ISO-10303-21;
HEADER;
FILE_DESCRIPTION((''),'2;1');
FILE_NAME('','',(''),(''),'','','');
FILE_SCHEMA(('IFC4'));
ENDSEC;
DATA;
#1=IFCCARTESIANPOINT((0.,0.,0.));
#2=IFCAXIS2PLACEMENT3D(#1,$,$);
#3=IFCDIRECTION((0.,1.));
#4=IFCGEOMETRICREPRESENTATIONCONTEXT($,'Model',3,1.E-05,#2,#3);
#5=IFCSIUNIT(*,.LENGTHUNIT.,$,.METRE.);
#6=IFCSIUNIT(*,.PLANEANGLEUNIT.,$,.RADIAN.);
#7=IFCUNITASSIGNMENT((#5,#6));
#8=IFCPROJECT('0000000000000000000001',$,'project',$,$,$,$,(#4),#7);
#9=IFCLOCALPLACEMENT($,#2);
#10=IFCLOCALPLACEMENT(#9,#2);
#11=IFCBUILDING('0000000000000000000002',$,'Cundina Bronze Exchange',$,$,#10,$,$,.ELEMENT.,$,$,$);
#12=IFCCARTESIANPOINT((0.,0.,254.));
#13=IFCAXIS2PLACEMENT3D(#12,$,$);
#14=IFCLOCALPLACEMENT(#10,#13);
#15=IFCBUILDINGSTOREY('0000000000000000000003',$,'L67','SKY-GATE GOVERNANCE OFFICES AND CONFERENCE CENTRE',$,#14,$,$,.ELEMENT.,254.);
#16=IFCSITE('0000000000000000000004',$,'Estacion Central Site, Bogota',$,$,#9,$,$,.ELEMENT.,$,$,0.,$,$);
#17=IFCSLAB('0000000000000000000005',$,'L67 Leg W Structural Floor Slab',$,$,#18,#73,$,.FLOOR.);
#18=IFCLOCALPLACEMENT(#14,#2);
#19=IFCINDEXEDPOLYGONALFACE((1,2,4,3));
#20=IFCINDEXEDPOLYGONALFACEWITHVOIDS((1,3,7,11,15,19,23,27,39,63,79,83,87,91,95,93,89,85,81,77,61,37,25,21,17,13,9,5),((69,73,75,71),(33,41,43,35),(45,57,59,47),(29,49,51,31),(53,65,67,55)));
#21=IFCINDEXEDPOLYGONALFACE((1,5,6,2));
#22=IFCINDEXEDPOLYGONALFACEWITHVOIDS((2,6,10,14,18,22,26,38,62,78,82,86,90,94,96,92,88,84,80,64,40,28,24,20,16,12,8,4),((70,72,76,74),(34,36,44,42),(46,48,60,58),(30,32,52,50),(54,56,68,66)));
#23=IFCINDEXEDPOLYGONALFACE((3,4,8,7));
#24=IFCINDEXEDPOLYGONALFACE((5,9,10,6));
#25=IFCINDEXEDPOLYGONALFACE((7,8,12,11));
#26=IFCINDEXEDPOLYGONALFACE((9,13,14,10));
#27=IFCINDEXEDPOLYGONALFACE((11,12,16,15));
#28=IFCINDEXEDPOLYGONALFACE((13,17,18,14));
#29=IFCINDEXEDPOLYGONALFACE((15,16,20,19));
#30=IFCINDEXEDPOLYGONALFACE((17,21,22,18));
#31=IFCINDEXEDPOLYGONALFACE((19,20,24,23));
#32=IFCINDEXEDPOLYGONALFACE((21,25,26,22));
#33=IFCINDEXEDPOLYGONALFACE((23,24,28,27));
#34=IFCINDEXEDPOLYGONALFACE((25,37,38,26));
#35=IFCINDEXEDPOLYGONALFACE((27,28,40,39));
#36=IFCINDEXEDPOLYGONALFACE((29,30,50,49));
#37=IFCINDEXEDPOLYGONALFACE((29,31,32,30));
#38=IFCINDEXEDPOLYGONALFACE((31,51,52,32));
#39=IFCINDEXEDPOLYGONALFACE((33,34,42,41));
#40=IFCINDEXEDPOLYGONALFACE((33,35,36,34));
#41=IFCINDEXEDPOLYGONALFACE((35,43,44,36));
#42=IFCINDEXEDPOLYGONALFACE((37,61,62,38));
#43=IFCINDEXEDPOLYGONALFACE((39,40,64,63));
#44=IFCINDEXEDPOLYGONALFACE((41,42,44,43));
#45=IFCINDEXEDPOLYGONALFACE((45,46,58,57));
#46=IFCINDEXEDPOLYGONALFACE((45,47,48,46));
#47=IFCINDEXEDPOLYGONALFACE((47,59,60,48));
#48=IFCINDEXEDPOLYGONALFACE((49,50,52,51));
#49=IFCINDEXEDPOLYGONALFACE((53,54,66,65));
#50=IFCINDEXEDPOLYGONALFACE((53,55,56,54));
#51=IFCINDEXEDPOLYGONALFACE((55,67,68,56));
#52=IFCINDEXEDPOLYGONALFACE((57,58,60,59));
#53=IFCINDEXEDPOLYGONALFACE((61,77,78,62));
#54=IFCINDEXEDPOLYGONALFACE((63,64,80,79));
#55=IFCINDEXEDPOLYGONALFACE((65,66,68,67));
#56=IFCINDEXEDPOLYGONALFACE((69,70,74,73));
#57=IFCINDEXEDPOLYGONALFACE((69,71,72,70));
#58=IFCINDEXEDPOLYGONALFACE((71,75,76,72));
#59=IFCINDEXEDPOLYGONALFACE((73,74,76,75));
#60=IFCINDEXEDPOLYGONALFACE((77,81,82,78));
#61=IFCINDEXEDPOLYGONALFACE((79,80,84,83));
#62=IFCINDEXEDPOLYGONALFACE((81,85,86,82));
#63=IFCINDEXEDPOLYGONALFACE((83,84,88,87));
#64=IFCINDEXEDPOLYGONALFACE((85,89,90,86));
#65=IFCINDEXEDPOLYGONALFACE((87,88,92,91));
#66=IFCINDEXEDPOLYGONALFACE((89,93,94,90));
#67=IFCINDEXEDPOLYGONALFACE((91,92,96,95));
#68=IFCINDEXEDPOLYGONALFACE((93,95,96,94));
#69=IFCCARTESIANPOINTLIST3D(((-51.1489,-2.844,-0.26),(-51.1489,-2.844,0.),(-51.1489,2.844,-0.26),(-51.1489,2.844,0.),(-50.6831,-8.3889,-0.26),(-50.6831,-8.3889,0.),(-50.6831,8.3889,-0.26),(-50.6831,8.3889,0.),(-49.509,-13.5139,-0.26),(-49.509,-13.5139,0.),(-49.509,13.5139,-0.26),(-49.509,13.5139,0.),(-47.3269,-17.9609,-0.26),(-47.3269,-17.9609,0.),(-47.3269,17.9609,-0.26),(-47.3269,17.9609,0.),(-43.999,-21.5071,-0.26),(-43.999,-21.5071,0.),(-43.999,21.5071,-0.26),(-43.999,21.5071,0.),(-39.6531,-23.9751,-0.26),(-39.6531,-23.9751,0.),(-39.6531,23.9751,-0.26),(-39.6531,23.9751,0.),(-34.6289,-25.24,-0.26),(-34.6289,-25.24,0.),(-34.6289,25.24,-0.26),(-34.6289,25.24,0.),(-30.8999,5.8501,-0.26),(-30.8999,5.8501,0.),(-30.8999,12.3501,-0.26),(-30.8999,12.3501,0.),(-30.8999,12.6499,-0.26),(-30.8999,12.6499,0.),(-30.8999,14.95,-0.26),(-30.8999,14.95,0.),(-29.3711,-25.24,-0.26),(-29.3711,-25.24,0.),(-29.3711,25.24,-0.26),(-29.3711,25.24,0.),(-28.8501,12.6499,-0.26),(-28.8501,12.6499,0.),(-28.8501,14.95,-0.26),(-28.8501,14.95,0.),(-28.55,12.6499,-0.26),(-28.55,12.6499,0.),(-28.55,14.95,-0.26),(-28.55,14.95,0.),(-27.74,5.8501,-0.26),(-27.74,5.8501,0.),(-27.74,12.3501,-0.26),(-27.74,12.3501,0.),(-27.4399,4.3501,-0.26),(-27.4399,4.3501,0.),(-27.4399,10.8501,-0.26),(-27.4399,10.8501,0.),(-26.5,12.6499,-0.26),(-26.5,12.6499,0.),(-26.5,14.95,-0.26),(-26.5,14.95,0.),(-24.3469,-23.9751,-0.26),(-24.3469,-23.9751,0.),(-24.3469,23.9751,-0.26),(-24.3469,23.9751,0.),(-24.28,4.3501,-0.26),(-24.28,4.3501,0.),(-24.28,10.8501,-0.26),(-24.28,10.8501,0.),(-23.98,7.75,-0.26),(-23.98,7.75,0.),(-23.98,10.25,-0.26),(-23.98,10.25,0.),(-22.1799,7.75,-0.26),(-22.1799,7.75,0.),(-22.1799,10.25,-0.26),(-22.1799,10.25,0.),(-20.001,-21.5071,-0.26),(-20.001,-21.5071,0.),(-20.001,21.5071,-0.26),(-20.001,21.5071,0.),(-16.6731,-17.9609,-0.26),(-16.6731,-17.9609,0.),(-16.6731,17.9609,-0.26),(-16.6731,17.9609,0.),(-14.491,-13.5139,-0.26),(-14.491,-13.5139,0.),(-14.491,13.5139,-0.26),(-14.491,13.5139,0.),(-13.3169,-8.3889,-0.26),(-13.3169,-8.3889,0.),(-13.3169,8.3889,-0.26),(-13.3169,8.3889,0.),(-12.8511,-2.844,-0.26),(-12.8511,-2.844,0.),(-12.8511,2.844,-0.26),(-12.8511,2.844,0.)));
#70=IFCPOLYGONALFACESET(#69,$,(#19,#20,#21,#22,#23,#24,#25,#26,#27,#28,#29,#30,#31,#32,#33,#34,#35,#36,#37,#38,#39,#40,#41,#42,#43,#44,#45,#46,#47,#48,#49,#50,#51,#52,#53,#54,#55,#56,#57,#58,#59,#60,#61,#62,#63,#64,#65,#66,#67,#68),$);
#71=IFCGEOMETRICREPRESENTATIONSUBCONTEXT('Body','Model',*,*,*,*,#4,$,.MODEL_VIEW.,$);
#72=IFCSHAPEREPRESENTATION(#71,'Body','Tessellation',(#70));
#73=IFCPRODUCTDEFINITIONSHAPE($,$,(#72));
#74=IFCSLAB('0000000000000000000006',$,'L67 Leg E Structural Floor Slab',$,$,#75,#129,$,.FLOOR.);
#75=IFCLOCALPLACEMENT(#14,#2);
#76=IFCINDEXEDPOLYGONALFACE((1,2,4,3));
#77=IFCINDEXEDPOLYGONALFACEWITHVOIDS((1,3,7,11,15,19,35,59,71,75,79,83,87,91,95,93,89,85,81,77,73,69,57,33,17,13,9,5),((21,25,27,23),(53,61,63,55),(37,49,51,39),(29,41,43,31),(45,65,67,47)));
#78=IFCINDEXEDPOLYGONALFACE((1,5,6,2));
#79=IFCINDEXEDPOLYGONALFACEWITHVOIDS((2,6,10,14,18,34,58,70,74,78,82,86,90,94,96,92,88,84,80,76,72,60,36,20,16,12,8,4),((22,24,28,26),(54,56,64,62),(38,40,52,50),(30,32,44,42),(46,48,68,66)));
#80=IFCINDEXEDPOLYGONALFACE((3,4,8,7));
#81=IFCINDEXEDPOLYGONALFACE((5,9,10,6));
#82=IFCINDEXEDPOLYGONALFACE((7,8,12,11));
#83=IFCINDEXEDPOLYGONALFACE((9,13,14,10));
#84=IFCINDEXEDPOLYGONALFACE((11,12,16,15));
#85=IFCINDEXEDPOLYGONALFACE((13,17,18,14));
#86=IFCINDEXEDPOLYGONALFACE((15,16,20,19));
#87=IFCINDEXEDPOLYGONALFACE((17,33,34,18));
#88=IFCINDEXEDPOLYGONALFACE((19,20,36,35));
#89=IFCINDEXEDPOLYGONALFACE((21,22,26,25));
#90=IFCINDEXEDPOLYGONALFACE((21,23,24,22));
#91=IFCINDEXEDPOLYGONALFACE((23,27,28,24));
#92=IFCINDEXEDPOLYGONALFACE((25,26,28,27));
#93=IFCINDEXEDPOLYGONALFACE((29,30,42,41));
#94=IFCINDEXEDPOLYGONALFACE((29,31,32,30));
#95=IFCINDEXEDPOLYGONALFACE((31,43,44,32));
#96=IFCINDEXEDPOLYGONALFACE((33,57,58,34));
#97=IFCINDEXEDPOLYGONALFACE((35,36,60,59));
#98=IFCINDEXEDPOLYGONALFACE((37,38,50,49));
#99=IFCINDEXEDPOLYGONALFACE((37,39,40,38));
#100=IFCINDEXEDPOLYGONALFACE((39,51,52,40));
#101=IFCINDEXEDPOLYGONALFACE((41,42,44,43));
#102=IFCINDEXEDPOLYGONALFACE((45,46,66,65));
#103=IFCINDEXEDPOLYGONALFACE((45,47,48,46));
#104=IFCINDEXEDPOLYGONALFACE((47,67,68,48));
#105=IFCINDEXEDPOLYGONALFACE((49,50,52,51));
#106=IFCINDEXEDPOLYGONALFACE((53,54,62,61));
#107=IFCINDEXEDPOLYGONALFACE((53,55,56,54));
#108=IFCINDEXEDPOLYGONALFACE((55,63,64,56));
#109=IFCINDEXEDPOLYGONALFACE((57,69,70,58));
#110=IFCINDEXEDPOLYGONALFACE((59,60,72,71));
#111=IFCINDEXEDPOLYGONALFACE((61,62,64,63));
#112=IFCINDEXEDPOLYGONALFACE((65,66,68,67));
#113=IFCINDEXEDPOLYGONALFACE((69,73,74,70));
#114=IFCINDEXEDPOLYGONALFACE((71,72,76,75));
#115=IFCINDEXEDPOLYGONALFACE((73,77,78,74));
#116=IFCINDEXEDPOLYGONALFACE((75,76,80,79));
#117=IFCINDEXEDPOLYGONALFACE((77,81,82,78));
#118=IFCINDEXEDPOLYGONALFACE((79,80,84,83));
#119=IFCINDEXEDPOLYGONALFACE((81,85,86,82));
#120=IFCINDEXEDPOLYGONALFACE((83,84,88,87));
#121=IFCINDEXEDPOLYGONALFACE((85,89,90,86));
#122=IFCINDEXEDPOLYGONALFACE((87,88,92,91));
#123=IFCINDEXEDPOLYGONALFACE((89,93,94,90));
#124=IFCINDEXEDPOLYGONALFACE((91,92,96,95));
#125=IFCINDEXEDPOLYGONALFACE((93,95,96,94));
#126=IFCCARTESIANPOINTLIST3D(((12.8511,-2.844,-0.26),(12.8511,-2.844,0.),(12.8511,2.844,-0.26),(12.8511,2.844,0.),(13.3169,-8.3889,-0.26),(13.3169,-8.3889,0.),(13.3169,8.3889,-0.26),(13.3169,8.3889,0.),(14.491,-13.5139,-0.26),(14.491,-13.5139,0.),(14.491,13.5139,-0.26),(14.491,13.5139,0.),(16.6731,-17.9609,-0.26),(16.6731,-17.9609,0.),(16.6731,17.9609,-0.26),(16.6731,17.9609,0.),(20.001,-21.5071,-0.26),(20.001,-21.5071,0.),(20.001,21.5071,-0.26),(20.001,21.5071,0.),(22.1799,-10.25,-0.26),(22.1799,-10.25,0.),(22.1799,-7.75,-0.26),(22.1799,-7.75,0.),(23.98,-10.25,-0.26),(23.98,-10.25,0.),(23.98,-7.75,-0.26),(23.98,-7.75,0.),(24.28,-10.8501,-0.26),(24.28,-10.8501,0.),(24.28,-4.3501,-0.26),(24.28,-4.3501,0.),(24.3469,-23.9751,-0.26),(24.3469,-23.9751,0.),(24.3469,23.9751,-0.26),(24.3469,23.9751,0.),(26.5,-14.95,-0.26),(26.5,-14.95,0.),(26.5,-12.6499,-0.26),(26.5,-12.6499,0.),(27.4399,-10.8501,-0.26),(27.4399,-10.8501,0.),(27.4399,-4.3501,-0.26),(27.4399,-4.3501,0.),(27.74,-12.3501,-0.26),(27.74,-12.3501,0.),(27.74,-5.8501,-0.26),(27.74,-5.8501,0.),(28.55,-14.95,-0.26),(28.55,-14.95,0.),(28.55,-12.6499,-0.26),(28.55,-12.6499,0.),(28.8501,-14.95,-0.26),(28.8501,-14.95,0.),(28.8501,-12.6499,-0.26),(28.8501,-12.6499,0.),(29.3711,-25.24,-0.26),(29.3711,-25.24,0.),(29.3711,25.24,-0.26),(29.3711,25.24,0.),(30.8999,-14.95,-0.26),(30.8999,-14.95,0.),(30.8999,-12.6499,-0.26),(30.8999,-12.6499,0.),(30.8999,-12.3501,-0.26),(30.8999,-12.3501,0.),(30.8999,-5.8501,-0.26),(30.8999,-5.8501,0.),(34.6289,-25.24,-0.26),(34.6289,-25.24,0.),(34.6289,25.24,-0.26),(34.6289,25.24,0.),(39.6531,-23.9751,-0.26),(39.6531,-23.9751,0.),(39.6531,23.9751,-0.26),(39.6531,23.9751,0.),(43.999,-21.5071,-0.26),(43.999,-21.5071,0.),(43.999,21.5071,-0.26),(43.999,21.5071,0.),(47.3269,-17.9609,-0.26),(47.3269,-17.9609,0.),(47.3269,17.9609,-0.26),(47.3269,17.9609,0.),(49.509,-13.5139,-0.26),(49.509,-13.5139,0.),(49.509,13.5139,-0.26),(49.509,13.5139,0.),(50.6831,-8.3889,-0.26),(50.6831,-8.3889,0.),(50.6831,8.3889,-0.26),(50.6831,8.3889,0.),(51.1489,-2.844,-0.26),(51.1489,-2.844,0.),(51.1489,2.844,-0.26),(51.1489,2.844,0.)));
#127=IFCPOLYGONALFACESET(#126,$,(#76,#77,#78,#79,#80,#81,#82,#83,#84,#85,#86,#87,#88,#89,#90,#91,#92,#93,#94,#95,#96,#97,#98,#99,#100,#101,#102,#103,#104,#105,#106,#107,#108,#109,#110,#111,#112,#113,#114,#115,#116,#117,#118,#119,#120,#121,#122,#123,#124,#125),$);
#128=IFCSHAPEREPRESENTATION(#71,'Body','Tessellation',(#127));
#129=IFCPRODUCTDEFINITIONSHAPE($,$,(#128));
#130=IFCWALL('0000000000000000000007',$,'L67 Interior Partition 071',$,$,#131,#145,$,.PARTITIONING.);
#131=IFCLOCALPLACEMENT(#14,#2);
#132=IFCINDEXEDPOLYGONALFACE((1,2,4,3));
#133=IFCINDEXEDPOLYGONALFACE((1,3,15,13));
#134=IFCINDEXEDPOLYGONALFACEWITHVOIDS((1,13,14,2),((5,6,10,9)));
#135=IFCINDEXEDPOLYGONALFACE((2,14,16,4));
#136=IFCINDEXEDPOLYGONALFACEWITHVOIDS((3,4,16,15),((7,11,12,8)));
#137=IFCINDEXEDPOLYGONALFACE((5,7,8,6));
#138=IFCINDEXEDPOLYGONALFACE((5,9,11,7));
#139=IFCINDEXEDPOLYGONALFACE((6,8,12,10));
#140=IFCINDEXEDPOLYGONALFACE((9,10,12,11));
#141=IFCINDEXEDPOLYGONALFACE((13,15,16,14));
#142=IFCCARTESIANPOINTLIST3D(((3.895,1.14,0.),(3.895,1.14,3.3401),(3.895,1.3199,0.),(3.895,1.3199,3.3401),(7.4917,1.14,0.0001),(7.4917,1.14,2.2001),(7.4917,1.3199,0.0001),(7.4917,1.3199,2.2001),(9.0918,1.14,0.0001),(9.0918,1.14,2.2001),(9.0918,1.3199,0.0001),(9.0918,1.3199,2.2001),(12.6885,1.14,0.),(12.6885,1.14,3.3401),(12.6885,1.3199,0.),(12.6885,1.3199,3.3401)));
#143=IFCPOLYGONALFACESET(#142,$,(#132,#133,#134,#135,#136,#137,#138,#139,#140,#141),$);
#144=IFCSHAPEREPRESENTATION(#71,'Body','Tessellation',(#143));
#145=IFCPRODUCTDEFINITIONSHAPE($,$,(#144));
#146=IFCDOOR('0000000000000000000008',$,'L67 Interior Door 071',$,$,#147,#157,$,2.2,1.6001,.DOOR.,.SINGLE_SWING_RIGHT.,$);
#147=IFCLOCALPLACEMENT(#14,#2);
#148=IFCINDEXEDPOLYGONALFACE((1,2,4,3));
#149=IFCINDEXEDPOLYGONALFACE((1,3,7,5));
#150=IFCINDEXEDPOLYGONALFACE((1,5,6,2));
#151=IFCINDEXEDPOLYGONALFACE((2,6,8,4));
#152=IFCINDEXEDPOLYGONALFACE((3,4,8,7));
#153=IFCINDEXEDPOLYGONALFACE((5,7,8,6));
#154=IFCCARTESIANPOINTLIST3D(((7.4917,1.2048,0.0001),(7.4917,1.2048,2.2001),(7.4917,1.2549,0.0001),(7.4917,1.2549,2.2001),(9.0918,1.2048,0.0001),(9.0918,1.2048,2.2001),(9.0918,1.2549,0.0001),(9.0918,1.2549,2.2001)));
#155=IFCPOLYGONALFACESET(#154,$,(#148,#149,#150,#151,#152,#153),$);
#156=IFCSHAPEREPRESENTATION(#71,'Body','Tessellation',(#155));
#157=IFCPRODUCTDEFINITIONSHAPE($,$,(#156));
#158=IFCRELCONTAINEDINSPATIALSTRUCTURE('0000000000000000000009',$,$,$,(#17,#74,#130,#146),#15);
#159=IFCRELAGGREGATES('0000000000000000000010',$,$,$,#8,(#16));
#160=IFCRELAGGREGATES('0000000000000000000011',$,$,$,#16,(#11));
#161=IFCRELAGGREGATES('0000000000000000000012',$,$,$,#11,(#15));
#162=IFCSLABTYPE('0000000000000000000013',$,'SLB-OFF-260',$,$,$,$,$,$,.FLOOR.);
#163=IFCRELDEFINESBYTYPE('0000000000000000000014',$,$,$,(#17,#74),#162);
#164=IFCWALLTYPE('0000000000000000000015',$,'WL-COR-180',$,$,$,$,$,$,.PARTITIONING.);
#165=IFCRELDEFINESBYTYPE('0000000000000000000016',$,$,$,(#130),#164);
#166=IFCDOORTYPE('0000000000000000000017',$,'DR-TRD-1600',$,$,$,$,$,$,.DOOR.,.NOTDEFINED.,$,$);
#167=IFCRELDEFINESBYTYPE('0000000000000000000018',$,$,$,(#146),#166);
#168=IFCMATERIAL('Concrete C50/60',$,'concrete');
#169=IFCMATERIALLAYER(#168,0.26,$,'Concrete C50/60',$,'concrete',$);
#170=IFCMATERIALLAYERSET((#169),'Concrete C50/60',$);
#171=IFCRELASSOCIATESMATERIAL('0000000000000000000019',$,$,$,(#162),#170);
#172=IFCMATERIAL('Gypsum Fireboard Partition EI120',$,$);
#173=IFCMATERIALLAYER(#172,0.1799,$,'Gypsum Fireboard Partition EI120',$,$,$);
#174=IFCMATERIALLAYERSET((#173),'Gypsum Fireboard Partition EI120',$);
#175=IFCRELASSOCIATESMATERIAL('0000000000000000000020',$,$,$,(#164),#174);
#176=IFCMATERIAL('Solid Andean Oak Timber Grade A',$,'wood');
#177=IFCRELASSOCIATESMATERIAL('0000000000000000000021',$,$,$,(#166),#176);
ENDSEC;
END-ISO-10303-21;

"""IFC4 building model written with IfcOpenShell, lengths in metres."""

from ifc_helpers import new_model, si_unit, direction, frame, frame_2d, origin, place, context, subcontext, project, spatial, polyline, rectangle, outline, extrude, material, layer, layer_set, type_object, element, fill, save


model = new_model("IFC4")

# Units and contexts
model_context = context("Model", 3, precision=1e-05, world=origin(), true_north=direction((0.0, 1.0)))
body_context = subcontext(model_context, "Body", "Model", "MODEL_VIEW")
ifc_project = project(units=[si_unit("LENGTHUNIT", "METRE"), si_unit("PLANEANGLEUNIT", "RADIAN")], contexts=[model_context])

# Site, building, storey
site_placement = place(None, origin())
site = spatial("IfcSite", under=ifc_project, at=site_placement, Name="Estacion Central Site, Bogota", CompositionType="ELEMENT", RefElevation=0.0)
building_placement = place(site_placement, origin())
building = spatial("IfcBuilding", under=site, at=building_placement, Name="Cundina Bronze Exchange", CompositionType="ELEMENT")
storey_placement = place(building_placement, frame((0.0, 0.0, 254.0)))
storey = spatial("IfcBuildingStorey", under=building, at=storey_placement, Name="L67", Description="SKY-GATE GOVERNANCE OFFICES AND CONFERENCE CENTRE", CompositionType="ELEMENT", Elevation=254.0)

# Shared definitions
ifc_material_1 = material(Name="Concrete C50/60", Category="concrete")

# Slabs
ifc_layer_1 = layer(ifc_material_1, 0.26, Name="Concrete C50/60", Category="concrete")
ifc_layer_set_1 = layer_set([ifc_layer_1], Name="Concrete C50/60")
slab_type_1 = type_object("IfcSlabType", Name="SLB-OFF-260", PredefinedType="FLOOR", material=ifc_layer_set_1)
slab_1_placement = place(storey_placement, frame((0.0, 0.0, -0.26)))
element("IfcSlab", 1, at=slab_1_placement, inside=storey, type_object=slab_type_1, Name="L67 Leg W Structural Floor Slab", PredefinedType="FLOOR", context=body_context, shape_type="SweptSolid", body=[
    extrude(outline(polyline([(-12.8511, 2.844), (-13.3169, 8.3889), (-14.491, 13.5139), (-16.6731, 17.9609), (-20.001, 21.5071), (-24.3469, 23.9751), (-29.3711, 25.24), (-34.6289, 25.24), (-39.6531, 23.9751), (-43.999, 21.5071), (-47.3269, 17.9609), (-49.509, 13.5139), (-50.6831, 8.3889), (-51.1489, 2.844), (-51.1489, -2.844), (-50.6831, -8.3889), (-49.509, -13.5139), (-47.3269, -17.9609), (-43.999, -21.5071), (-39.6531, -23.9751), (-34.6289, -25.24), (-29.3711, -25.24), (-24.3469, -23.9751), (-20.001, -21.5071), (-16.6731, -17.9609), (-14.491, -13.5139), (-13.3169, -8.3889), (-12.8511, -2.844), (-12.8511, 2.844)]), holes=[polyline([(-27.74, 5.8501), (-27.74, 12.3501), (-30.8999, 12.3501), (-30.8999, 5.8501), (-27.74, 5.8501)]), polyline([(-27.4399, 10.8501), (-27.4399, 4.3501), (-24.28, 4.3501), (-24.28, 10.8501), (-27.4399, 10.8501)]), polyline([(-23.98, 10.25), (-22.1799, 10.25), (-22.1799, 7.75), (-23.98, 7.75), (-23.98, 10.25)]), polyline([(-30.8999, 14.95), (-28.8501, 14.95), (-28.8501, 12.6499), (-30.8999, 12.6499), (-30.8999, 14.95)]), polyline([(-28.55, 14.95), (-26.5, 14.95), (-26.5, 12.6499), (-28.55, 12.6499), (-28.55, 14.95)])]), origin(), (0.0, 0.0, 1.0), 0.26),
])
slab_2_placement = place(storey_placement, frame((0.0, 0.0, -0.26)))
element("IfcSlab", 2, at=slab_2_placement, inside=storey, type_object=slab_type_1, Name="L67 Leg E Structural Floor Slab", PredefinedType="FLOOR", context=body_context, shape_type="SweptSolid", body=[
    extrude(outline(polyline([(51.1489, 2.844), (50.6831, 8.3889), (49.509, 13.5139), (47.3269, 17.9609), (43.999, 21.5071), (39.6531, 23.9751), (34.6289, 25.24), (29.3711, 25.24), (24.3469, 23.9751), (20.001, 21.5071), (16.6731, 17.9609), (14.491, 13.5139), (13.3169, 8.3889), (12.8511, 2.844), (12.8511, -2.844), (13.3169, -8.3889), (14.491, -13.5139), (16.6731, -17.9609), (20.001, -21.5071), (24.3469, -23.9751), (29.3711, -25.24), (34.6289, -25.24), (39.6531, -23.9751), (43.999, -21.5071), (47.3269, -17.9609), (49.509, -13.5139), (50.6831, -8.3889), (51.1489, -2.844), (51.1489, 2.844)]), holes=[polyline([(27.74, -5.8501), (27.74, -12.3501), (30.8999, -12.3501), (30.8999, -5.8501), (27.74, -5.8501)]), polyline([(27.4399, -10.8501), (27.4399, -4.3501), (24.28, -4.3501), (24.28, -10.8501), (27.4399, -10.8501)]), polyline([(22.1799, -7.75), (23.98, -7.75), (23.98, -10.25), (22.1799, -10.25), (22.1799, -7.75)]), polyline([(28.8501, -12.6499), (30.8999, -12.6499), (30.8999, -14.95), (28.8501, -14.95), (28.8501, -12.6499)]), polyline([(26.5, -12.6499), (28.55, -12.6499), (28.55, -14.95), (26.5, -14.95), (26.5, -12.6499)])]), origin(), (0.0, 0.0, 1.0), 0.26),
])

# Wall, opening, door
ifc_material_2 = material(Name="Gypsum Fireboard Partition EI120")
ifc_layer_2 = layer(ifc_material_2, 0.1799, Name="Gypsum Fireboard Partition EI120")
ifc_layer_set_2 = layer_set([ifc_layer_2], Name="Gypsum Fireboard Partition EI120")
wall_type = type_object("IfcWallType", Name="WL-COR-180", PredefinedType="PARTITIONING", material=ifc_layer_set_2)
wall_1_placement = place(storey_placement, frame((3.895, 1.23, 0.0), z_axis=(0.0, 0.0, 1.0), x_axis=(1.0, 0.0, 0.0)))
wall_1 = element("IfcWall", 3, at=wall_1_placement, inside=storey, type_object=wall_type, Name="L67 Interior Partition 071", PredefinedType="PARTITIONING", context=body_context, shape_type="SweptSolid", body=[
    extrude(rectangle(XDim=8.7935, YDim=0.1799, at=frame_2d((4.3967, 0.0))), origin(), (0.0, 0.0, 1.0), 3.3401),
])
opening_1_placement = place(wall_1_placement, frame((3.5967, 0.0, 0.0)))
opening_1 = element("IfcOpeningElement", 4, at=opening_1_placement, cuts=wall_1, PredefinedType="OPENING", context=body_context, shape_type="SweptSolid", body=[
    extrude(rectangle(XDim=1.6001, YDim=2.2, at=frame_2d((0.8, 1.1001))), frame((0.0, 0.0999, 0.0), z_axis=(0.0, -1.0, 0.0), x_axis=(1.0, 0.0, 0.0)), (0.0, 0.0, 1.0), 0.2),
])
ifc_material_3 = material(Name="Solid Andean Oak Timber Grade A", Category="wood")
door_type = type_object("IfcDoorType", Name="DR-TRD-1600", OperationType="NOTDEFINED", PredefinedType="DOOR", material=ifc_material_3)
door_1_placement = place(opening_1_placement, origin())
door_1 = element("IfcDoor", 5, at=door_1_placement, inside=storey, type_object=door_type, Name="L67 Interior Door 071", OperationType="SINGLE_SWING_RIGHT", OverallHeight=2.2, OverallWidth=1.6001, PredefinedType="DOOR", context=body_context, shape_type="SweptSolid", body=[
    extrude(rectangle(XDim=1.6001, YDim=2.2, at=frame_2d((0.8, 1.1001))), frame((0.0, 0.0249, 0.0), z_axis=(0.0, -1.0, 0.0), x_axis=(1.0, 0.0, 0.0)), (0.0, 0.0, 1.0), 0.05),
])
fill(opening_1, door_1)

save(model, "model.ifc")
